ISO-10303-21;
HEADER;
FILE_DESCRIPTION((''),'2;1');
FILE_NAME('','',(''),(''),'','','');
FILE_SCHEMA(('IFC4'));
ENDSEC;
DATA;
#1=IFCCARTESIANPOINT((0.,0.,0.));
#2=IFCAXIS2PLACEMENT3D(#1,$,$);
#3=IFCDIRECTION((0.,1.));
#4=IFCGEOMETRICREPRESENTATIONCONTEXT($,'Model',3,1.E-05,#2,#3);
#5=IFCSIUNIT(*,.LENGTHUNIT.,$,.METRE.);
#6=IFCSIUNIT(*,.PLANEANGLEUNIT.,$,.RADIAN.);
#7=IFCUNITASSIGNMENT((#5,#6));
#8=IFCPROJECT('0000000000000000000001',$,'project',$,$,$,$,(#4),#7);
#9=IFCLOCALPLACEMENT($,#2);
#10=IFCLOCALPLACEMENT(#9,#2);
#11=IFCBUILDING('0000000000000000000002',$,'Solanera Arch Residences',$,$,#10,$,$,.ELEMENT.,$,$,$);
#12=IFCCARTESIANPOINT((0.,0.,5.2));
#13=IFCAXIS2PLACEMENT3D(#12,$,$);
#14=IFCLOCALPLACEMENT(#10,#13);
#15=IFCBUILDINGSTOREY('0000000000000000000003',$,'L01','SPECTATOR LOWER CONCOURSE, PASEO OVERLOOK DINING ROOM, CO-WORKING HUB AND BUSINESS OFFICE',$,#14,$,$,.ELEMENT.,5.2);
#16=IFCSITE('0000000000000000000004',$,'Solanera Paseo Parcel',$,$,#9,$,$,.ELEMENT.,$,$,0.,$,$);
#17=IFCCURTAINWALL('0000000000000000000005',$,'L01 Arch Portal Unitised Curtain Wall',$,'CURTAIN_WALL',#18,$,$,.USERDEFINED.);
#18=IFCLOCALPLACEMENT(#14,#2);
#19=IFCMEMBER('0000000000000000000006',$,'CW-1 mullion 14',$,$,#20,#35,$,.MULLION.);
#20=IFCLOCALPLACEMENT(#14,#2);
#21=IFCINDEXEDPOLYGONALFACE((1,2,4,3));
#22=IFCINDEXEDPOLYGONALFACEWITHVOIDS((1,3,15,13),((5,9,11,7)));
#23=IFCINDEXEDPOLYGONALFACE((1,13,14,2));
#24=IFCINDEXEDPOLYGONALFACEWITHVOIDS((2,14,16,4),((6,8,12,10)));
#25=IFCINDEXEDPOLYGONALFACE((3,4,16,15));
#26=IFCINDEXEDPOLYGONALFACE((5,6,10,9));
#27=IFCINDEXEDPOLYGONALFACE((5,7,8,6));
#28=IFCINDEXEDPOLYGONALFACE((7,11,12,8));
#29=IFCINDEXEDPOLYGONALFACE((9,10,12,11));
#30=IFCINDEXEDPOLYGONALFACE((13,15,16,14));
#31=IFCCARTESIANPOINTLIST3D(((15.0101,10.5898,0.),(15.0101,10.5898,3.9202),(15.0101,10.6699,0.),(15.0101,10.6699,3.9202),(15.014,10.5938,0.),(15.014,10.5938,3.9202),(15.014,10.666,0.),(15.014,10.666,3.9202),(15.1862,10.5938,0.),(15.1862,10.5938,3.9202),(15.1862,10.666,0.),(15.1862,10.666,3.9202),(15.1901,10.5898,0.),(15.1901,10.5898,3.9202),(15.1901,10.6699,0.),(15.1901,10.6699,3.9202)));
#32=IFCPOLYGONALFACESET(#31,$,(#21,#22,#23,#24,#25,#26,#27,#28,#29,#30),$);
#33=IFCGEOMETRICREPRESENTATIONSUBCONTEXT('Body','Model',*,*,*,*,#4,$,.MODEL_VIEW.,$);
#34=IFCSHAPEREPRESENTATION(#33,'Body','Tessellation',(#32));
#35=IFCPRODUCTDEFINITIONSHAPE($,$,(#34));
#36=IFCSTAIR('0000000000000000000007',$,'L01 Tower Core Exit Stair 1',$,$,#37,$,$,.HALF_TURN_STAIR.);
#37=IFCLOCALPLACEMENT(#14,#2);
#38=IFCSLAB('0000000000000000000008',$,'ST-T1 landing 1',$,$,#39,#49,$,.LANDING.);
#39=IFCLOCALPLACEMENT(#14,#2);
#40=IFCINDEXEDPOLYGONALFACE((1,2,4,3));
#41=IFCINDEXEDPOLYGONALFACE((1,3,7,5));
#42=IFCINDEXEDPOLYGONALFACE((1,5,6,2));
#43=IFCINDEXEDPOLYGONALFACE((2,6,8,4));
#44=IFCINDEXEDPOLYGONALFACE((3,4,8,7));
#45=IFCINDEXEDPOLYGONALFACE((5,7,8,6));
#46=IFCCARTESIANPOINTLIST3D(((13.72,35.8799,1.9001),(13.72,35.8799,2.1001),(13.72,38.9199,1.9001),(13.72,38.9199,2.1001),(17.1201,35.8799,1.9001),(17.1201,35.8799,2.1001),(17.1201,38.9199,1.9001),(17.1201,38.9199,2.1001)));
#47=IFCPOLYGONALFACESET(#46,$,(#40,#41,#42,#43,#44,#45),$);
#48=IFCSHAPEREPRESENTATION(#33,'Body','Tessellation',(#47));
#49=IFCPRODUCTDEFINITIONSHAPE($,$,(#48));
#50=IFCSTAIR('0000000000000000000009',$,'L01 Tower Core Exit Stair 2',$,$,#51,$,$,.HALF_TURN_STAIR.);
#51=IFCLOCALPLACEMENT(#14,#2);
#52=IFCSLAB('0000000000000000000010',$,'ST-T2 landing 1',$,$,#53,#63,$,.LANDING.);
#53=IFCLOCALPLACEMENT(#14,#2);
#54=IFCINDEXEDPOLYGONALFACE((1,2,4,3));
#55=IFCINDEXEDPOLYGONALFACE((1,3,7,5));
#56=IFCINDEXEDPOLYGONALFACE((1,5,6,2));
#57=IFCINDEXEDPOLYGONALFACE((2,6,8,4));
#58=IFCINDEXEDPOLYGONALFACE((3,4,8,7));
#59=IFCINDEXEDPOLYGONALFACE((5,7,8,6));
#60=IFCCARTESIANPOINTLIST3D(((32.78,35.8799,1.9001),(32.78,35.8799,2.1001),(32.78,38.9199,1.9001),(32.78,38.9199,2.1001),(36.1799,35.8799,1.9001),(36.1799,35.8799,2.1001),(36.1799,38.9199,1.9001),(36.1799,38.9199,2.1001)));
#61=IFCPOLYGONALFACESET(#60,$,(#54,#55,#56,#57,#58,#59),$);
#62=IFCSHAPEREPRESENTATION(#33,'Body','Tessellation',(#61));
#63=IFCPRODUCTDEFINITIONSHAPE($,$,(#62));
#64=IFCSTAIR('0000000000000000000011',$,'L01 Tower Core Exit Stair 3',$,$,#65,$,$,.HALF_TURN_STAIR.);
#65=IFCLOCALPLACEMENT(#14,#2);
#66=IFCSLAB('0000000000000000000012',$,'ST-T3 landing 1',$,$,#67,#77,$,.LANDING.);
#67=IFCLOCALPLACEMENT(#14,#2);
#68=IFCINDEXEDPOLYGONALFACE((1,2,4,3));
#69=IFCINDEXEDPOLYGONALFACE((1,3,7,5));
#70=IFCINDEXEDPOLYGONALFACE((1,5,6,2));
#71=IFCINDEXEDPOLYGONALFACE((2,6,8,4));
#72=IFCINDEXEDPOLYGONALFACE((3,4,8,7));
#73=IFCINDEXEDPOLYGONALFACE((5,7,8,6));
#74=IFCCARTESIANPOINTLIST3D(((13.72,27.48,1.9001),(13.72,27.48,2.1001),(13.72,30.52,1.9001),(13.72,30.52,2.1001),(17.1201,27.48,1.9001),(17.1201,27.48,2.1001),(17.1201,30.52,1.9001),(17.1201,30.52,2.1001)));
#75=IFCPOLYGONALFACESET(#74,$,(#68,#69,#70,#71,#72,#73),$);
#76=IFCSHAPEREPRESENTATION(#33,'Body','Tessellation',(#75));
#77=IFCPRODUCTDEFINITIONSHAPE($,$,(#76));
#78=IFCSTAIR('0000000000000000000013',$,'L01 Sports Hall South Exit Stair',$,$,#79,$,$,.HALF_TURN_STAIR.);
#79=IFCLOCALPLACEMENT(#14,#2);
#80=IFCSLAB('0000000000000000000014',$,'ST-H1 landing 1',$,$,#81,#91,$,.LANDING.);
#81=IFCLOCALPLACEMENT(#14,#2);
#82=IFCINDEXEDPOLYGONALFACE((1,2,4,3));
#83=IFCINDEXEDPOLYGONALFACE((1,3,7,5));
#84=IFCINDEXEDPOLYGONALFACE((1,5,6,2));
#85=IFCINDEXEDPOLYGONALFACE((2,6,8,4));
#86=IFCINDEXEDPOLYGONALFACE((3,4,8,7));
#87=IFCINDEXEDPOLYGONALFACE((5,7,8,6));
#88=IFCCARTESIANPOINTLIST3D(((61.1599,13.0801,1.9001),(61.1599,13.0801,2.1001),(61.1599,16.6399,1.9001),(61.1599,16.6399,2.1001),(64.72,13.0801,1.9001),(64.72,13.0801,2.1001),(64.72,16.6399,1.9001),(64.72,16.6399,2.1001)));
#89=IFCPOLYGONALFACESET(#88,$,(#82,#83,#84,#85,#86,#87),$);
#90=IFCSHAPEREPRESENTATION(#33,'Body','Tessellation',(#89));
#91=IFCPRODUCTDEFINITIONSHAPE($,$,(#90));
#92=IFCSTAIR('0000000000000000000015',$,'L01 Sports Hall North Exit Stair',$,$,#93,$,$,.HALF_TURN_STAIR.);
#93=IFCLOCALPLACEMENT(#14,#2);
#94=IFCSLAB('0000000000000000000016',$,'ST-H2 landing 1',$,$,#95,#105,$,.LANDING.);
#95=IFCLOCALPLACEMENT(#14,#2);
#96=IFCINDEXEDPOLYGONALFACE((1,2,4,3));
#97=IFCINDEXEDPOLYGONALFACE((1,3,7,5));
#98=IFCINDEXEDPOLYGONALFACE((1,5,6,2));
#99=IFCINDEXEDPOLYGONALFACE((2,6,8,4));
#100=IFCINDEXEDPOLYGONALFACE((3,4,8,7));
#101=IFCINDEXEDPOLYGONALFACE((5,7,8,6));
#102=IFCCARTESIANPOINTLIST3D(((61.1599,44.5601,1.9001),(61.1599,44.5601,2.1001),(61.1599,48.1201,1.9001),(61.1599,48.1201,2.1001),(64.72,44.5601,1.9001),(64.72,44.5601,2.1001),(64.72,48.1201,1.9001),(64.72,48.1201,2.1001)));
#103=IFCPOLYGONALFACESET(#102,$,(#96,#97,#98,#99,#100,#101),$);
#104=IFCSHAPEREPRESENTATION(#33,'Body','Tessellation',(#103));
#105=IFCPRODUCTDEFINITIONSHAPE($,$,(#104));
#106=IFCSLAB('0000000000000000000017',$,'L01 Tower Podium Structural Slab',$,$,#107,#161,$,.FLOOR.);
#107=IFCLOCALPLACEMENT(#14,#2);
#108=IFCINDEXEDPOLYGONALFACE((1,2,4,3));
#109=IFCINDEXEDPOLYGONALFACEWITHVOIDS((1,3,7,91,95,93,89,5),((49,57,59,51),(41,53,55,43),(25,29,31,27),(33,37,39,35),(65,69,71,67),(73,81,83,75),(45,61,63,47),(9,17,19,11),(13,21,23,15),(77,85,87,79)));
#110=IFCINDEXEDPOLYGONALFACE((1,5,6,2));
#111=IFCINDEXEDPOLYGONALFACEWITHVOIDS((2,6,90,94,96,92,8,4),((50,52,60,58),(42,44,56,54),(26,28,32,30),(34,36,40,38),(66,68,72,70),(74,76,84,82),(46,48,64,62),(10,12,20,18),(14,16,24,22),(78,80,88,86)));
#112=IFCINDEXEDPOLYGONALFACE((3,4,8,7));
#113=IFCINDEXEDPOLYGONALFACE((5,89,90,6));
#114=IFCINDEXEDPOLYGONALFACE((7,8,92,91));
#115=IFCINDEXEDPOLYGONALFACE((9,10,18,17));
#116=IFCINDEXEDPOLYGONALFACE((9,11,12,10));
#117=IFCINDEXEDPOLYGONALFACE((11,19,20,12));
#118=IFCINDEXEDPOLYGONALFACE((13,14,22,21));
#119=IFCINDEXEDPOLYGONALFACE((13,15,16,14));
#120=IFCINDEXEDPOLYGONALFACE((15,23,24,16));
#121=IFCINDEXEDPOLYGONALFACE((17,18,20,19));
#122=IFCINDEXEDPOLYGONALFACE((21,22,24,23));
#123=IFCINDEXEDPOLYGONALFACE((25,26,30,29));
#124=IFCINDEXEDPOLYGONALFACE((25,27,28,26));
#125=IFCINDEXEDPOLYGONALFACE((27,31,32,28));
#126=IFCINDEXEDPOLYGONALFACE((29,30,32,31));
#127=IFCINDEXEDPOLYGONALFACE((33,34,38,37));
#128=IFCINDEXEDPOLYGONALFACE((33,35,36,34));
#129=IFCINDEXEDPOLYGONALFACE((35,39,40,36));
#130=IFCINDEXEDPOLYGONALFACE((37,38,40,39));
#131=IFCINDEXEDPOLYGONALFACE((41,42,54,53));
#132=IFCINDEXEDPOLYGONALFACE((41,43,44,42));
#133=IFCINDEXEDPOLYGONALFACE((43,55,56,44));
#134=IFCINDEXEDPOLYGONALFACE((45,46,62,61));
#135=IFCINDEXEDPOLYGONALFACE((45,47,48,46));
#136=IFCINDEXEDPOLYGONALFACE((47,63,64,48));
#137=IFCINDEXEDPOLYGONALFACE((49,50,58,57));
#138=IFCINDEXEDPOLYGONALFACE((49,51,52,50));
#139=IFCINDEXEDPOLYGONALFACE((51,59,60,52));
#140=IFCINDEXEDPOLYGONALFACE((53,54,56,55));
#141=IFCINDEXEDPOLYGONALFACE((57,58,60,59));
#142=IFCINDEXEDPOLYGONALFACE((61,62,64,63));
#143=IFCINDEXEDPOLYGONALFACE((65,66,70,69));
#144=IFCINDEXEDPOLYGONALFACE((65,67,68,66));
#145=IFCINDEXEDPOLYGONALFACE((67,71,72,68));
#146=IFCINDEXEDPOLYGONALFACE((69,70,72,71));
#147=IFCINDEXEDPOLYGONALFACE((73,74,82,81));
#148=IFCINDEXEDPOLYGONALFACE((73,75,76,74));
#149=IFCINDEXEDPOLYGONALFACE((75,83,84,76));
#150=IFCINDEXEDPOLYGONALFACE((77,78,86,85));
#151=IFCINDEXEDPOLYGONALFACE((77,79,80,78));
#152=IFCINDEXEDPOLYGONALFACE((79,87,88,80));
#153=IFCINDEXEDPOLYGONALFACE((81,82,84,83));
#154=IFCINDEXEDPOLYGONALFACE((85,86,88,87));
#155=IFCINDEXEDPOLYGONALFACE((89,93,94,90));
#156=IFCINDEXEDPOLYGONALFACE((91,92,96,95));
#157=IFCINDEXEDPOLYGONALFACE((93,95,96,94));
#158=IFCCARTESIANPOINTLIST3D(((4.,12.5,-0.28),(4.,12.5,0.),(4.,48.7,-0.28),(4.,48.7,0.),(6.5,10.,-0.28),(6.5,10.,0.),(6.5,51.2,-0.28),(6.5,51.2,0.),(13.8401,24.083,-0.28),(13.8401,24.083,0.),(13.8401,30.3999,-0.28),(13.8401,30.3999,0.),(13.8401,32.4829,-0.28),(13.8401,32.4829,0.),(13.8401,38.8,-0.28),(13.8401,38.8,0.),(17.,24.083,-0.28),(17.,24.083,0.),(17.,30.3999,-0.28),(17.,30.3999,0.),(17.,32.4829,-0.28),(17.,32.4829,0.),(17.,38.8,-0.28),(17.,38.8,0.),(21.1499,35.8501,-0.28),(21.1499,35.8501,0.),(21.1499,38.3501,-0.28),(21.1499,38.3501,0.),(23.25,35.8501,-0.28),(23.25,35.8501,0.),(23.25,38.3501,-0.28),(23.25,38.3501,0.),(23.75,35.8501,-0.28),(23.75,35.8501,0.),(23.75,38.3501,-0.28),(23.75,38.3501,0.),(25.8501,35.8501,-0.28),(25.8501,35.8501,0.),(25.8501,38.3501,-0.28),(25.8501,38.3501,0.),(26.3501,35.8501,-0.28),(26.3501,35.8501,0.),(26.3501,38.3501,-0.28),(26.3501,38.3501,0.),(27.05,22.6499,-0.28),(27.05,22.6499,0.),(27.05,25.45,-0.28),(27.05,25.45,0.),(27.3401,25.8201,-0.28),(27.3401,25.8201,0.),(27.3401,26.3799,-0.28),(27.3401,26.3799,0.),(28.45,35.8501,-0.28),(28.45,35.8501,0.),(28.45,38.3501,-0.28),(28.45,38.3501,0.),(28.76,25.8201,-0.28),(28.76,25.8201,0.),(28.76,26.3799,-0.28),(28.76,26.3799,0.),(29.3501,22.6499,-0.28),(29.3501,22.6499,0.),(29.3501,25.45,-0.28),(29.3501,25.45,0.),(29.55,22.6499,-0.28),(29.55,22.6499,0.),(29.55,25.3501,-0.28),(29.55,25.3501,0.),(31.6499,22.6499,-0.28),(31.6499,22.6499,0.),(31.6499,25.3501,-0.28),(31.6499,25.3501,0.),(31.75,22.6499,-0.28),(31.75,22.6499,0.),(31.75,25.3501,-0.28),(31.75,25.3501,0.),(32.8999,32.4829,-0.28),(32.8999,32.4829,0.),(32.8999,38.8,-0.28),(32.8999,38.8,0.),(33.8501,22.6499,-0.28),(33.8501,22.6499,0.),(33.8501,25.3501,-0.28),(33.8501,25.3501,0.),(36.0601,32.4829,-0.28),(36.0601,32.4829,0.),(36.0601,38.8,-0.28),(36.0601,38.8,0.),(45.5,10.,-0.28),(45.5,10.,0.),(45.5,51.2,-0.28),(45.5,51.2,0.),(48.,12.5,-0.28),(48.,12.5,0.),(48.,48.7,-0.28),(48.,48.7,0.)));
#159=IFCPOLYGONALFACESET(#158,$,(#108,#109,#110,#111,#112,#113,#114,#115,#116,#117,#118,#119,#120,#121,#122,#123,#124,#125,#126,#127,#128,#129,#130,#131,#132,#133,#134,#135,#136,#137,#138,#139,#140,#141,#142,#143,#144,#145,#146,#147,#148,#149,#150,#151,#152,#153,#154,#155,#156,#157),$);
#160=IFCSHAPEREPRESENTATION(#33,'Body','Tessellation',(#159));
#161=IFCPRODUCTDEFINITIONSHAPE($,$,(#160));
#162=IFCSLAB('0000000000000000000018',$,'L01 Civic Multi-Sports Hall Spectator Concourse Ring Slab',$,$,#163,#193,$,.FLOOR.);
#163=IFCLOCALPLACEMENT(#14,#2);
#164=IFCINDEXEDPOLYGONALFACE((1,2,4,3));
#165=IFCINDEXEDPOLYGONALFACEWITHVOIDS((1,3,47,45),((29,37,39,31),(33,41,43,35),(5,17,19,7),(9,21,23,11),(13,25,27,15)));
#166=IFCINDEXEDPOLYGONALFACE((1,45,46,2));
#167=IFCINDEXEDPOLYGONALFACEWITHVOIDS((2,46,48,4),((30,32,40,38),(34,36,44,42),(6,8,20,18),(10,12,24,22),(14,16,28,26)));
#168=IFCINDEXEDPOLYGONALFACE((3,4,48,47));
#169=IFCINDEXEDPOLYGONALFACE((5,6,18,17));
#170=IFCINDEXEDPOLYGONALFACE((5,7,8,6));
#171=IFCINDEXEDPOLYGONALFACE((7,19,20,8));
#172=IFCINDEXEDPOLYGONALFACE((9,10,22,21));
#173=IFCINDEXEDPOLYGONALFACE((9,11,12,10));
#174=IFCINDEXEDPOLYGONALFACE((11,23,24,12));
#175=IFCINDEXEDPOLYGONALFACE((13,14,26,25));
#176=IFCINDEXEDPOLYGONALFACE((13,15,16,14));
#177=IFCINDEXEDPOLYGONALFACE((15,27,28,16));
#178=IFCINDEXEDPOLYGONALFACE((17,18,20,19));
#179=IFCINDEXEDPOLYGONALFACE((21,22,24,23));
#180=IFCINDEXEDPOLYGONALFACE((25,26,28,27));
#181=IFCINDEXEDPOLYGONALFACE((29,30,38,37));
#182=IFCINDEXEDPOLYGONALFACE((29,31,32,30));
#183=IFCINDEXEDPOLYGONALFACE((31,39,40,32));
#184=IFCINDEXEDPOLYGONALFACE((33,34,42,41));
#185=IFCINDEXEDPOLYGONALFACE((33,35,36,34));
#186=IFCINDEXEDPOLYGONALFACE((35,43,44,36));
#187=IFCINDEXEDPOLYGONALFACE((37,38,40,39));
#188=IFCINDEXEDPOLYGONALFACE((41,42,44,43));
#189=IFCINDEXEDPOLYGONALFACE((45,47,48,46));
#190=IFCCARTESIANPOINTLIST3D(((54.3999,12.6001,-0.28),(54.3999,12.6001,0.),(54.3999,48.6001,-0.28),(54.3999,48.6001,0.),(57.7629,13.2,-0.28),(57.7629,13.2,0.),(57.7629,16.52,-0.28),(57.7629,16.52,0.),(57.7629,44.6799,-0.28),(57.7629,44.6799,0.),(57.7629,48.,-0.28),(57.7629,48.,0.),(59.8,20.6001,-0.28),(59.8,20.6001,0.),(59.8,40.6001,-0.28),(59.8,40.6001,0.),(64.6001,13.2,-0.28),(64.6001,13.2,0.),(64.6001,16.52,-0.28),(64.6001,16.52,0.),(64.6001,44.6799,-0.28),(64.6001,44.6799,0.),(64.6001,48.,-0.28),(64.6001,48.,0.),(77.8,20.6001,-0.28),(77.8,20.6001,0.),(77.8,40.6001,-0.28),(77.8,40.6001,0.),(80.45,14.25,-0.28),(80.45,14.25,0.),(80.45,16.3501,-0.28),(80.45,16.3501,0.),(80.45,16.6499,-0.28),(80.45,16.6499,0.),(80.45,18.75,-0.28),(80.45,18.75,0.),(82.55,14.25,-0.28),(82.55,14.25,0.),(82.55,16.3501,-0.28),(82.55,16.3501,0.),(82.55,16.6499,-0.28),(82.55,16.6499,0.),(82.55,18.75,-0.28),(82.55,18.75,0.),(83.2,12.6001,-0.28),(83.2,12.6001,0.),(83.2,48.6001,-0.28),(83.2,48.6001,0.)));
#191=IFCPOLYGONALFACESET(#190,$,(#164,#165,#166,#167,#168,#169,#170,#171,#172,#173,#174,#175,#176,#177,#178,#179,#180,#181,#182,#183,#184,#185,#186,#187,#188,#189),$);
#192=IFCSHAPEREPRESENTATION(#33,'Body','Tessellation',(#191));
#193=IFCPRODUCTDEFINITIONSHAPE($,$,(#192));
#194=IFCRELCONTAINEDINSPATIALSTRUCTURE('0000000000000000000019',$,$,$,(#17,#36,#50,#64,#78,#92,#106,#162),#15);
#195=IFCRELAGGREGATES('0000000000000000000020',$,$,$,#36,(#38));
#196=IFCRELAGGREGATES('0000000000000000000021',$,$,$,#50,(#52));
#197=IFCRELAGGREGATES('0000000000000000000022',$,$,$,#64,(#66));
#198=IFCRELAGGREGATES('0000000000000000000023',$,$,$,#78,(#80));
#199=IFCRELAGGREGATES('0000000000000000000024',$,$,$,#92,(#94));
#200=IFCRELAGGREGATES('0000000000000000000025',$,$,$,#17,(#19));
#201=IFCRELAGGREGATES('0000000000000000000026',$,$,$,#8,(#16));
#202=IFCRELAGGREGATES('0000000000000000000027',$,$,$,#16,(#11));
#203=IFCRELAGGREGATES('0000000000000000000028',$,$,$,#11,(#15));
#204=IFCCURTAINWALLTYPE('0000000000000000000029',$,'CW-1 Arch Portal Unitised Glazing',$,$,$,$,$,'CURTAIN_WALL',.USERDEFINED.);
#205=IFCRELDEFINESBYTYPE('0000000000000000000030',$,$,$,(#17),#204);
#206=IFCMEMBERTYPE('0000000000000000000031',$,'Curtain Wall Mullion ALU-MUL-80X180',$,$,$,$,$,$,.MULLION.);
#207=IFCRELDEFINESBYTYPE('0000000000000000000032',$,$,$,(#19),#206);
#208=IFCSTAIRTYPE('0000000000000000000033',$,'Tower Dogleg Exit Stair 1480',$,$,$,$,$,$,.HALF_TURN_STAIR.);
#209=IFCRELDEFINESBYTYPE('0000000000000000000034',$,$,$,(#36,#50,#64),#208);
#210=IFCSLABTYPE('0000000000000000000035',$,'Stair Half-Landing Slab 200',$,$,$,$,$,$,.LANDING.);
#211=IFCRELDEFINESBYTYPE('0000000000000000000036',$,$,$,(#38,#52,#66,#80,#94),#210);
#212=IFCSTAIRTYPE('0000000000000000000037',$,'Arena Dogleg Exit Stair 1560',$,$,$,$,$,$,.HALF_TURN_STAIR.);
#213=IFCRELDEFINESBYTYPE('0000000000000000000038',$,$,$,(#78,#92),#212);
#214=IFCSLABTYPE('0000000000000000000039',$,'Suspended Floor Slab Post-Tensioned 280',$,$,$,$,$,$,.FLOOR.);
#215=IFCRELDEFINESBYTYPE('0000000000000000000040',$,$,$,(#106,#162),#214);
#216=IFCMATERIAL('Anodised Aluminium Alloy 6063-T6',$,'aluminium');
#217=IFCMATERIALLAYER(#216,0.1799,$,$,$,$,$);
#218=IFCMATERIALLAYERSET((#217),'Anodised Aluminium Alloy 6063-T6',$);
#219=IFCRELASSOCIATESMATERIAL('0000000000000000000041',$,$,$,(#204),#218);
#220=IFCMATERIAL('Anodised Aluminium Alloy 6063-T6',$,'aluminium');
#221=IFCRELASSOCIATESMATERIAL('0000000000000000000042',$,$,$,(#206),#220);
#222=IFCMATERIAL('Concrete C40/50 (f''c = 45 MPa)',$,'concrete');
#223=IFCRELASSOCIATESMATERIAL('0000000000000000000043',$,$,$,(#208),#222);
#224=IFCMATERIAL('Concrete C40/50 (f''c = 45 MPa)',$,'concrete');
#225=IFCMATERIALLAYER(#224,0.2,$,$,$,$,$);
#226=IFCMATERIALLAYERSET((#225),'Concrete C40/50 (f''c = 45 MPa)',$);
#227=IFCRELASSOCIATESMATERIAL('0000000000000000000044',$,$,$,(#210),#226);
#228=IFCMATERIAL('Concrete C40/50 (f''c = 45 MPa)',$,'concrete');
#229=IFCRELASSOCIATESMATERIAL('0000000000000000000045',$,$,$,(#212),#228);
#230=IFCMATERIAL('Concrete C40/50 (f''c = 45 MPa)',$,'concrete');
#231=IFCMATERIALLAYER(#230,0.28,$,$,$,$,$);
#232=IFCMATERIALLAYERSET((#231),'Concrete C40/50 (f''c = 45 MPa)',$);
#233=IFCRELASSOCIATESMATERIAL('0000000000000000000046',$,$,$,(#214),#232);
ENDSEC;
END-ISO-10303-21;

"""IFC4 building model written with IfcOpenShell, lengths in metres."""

from ifc_helpers import new_model, si_unit, direction, frame, origin, origin_2d, place, context, subcontext, project, spatial, polyline, hollow_rectangle, outline, extrude, material, layer, layer_set, material_profile, profile_set, type_object, element, aggregate, save


model = new_model("IFC4")

# Units and contexts
model_context = context("Model", 3, precision=1e-05, world=origin(), true_north=direction((0.0, 1.0)))
body_context = subcontext(model_context, "Body", "Model", "MODEL_VIEW")
ifc_project = project(units=[si_unit("LENGTHUNIT", "METRE"), si_unit("PLANEANGLEUNIT", "RADIAN")], contexts=[model_context])

# Site, building, storey
site_placement = place(None, origin())
site = spatial("IfcSite", under=ifc_project, at=site_placement, Name="Solanera Paseo Parcel", CompositionType="ELEMENT", RefElevation=0.0)
building_placement = place(site_placement, origin())
building = spatial("IfcBuilding", under=site, at=building_placement, Name="Solanera Arch Residences", CompositionType="ELEMENT")
storey_placement = place(building_placement, frame((0.0, 0.0, 5.2)))
storey = spatial("IfcBuildingStorey", under=building, at=storey_placement, Name="L01", Description="SPECTATOR LOWER CONCOURSE, PASEO OVERLOOK DINING ROOM, CO-WORKING HUB AND BUSINESS OFFICE", CompositionType="ELEMENT", Elevation=5.2)

# Curtain wall, member
ifc_material_1 = material(Name="Anodised Aluminium Alloy 6063-T6", Category="aluminium")
ifc_layer_1 = layer(ifc_material_1, 0.1799)
ifc_layer_set_1 = layer_set([ifc_layer_1], Name="Anodised Aluminium Alloy 6063-T6")
curtain_wall_type = type_object("IfcCurtainWallType", Name="CW-1 Arch Portal Unitised Glazing", ElementType="CURTAIN_WALL", PredefinedType="USERDEFINED", material=ifc_layer_set_1)
curtain_wall_placement = place(storey_placement, origin())
curtain_wall = element("IfcCurtainWall", 1, at=curtain_wall_placement, inside=storey, type_object=curtain_wall_type, Name="L01 Arch Portal Unitised Curtain Wall", ObjectType="CURTAIN_WALL", PredefinedType="USERDEFINED")
ifc_material_2 = material(Name="Anodised Aluminium Alloy 6063-T6", Category="aluminium")
ifc_material_profile = material_profile(ifc_material_2, hollow_rectangle(XDim=0.0801, YDim=0.1799, WallThickness=0.0039, at=origin_2d()))
ifc_profile_set = profile_set([ifc_material_profile], Name="Anodised Aluminium Alloy 6063-T6")
member_type = type_object("IfcMemberType", Name="Curtain Wall Mullion ALU-MUL-80X180", PredefinedType="MULLION", material=ifc_profile_set)
member_placement = place(storey_placement, frame((15.1001, 10.6299, 0.0), z_axis=(0.0, 0.0, 1.0), x_axis=(0.0, -1.0, 0.0)))
member = element("IfcMember", 2, at=member_placement, type_object=member_type, Name="CW-1 mullion 14", PredefinedType="MULLION", context=body_context, shape_type="SweptSolid", body=[
    extrude(hollow_rectangle(XDim=0.0801, YDim=0.1799, WallThickness=0.0039, at=origin_2d()), origin(), (0.0, 0.0, 1.0), 3.9202),
])

# Stairs, slabs
ifc_material_3 = material(Name="Concrete C40/50 (f'c = 45 MPa)", Category="concrete")
stair_type_1 = type_object("IfcStairType", Name="Tower Dogleg Exit Stair 1480", PredefinedType="HALF_TURN_STAIR", material=ifc_material_3)
stair_1_placement = place(storey_placement, origin())
stair_1 = element("IfcStair", 3, at=stair_1_placement, inside=storey, type_object=stair_type_1, Name="L01 Tower Core Exit Stair 1", PredefinedType="HALF_TURN_STAIR")
ifc_material_4 = material(Name="Concrete C40/50 (f'c = 45 MPa)", Category="concrete")
ifc_layer_2 = layer(ifc_material_4, 0.2)
ifc_layer_set_2 = layer_set([ifc_layer_2], Name="Concrete C40/50 (f'c = 45 MPa)")
slab_type_1 = type_object("IfcSlabType", Name="Stair Half-Landing Slab 200", PredefinedType="LANDING", material=ifc_layer_set_2)
slab_1_placement = place(storey_placement, frame((0.0, 0.0, 1.9001)))
slab_1 = element("IfcSlab", 4, at=slab_1_placement, type_object=slab_type_1, Name="ST-T1 landing 1", PredefinedType="LANDING", context=body_context, shape_type="SweptSolid", body=[
    extrude(outline(polyline([(17.1201, 35.8799), (17.1201, 38.9199), (13.72, 38.9199), (13.72, 35.8799), (17.1201, 35.8799)])), origin(), (0.0, 0.0, 1.0), 0.2),
])
aggregate(stair_1, [slab_1])
stair_2_placement = place(storey_placement, origin())
stair_2 = element("IfcStair", 5, at=stair_2_placement, inside=storey, type_object=stair_type_1, Name="L01 Tower Core Exit Stair 2", PredefinedType="HALF_TURN_STAIR")
slab_2_placement = place(storey_placement, frame((0.0, 0.0, 1.9001)))
slab_2 = element("IfcSlab", 6, at=slab_2_placement, type_object=slab_type_1, Name="ST-T2 landing 1", PredefinedType="LANDING", context=body_context, shape_type="SweptSolid", body=[
    extrude(outline(polyline([(36.1799, 35.8799), (36.1799, 38.9199), (32.78, 38.9199), (32.78, 35.8799), (36.1799, 35.8799)])), origin(), (0.0, 0.0, 1.0), 0.2),
])
aggregate(stair_2, [slab_2])
stair_3_placement = place(storey_placement, origin())
stair_3 = element("IfcStair", 7, at=stair_3_placement, inside=storey, type_object=stair_type_1, Name="L01 Tower Core Exit Stair 3", PredefinedType="HALF_TURN_STAIR")
slab_3_placement = place(storey_placement, frame((0.0, 0.0, 1.9001)))
slab_3 = element("IfcSlab", 8, at=slab_3_placement, type_object=slab_type_1, Name="ST-T3 landing 1", PredefinedType="LANDING", context=body_context, shape_type="SweptSolid", body=[
    extrude(outline(polyline([(17.1201, 27.48), (17.1201, 30.52), (13.72, 30.52), (13.72, 27.48), (17.1201, 27.48)])), origin(), (0.0, 0.0, 1.0), 0.2),
])
aggregate(stair_3, [slab_3])
ifc_material_5 = material(Name="Concrete C40/50 (f'c = 45 MPa)", Category="concrete")
stair_type_2 = type_object("IfcStairType", Name="Arena Dogleg Exit Stair 1560", PredefinedType="HALF_TURN_STAIR", material=ifc_material_5)
stair_4_placement = place(storey_placement, origin())
stair_4 = element("IfcStair", 9, at=stair_4_placement, inside=storey, type_object=stair_type_2, Name="L01 Sports Hall South Exit Stair", PredefinedType="HALF_TURN_STAIR")
slab_4_placement = place(storey_placement, frame((0.0, 0.0, 1.9001)))
slab_4 = element("IfcSlab", 10, at=slab_4_placement, type_object=slab_type_1, Name="ST-H1 landing 1", PredefinedType="LANDING", context=body_context, shape_type="SweptSolid", body=[
    extrude(outline(polyline([(61.1599, 13.0801), (64.72, 13.0801), (64.72, 16.6399), (61.1599, 16.6399), (61.1599, 13.0801)])), origin(), (0.0, 0.0, 1.0), 0.2),
])
aggregate(stair_4, [slab_4])
stair_5_placement = place(storey_placement, origin())
stair_5 = element("IfcStair", 11, at=stair_5_placement, inside=storey, type_object=stair_type_2, Name="L01 Sports Hall North Exit Stair", PredefinedType="HALF_TURN_STAIR")
slab_5_placement = place(storey_placement, frame((0.0, 0.0, 1.9001)))
slab_5 = element("IfcSlab", 12, at=slab_5_placement, type_object=slab_type_1, Name="ST-H2 landing 1", PredefinedType="LANDING", context=body_context, shape_type="SweptSolid", body=[
    extrude(outline(polyline([(61.1599, 44.5601), (64.72, 44.5601), (64.72, 48.1201), (61.1599, 48.1201), (61.1599, 44.5601)])), origin(), (0.0, 0.0, 1.0), 0.2),
])
aggregate(stair_5, [slab_5])

# Slabs
ifc_material_6 = material(Name="Concrete C40/50 (f'c = 45 MPa)", Category="concrete")
ifc_layer_3 = layer(ifc_material_6, 0.28)
ifc_layer_set_3 = layer_set([ifc_layer_3], Name="Concrete C40/50 (f'c = 45 MPa)")
slab_type_2 = type_object("IfcSlabType", Name="Suspended Floor Slab Post-Tensioned 280", PredefinedType="FLOOR", material=ifc_layer_set_3)
slab_6_placement = place(storey_placement, frame((0.0, 0.0, -0.28)))
element("IfcSlab", 13, at=slab_6_placement, inside=storey, type_object=slab_type_2, Name="L01 Tower Podium Structural Slab", PredefinedType="FLOOR", context=body_context, shape_type="SweptSolid", body=[
    extrude(outline(polyline([(6.5, 10.0), (45.5, 10.0), (48.0, 12.5), (48.0, 48.7), (45.5, 51.2), (6.5, 51.2), (4.0, 48.7), (4.0, 12.5), (6.5, 10.0)]), holes=[polyline([(13.8401, 32.4829), (13.8401, 38.8), (17.0, 38.8), (17.0, 32.4829), (13.8401, 32.4829)]), polyline([(32.8999, 32.4829), (32.8999, 38.8), (36.0601, 38.8), (36.0601, 32.4829), (32.8999, 32.4829)]), polyline([(13.8401, 24.083), (13.8401, 30.3999), (17.0, 30.3999), (17.0, 24.083), (13.8401, 24.083)]), polyline([(21.1499, 38.3501), (23.25, 38.3501), (23.25, 35.8501), (21.1499, 35.8501), (21.1499, 38.3501)]), polyline([(23.75, 38.3501), (25.8501, 38.3501), (25.8501, 35.8501), (23.75, 35.8501), (23.75, 38.3501)]), polyline([(26.3501, 38.3501), (28.45, 38.3501), (28.45, 35.8501), (26.3501, 35.8501), (26.3501, 38.3501)]), polyline([(29.55, 25.3501), (31.6499, 25.3501), (31.6499, 22.6499), (29.55, 22.6499), (29.55, 25.3501)]), polyline([(31.75, 25.3501), (33.8501, 25.3501), (33.8501, 22.6499), (31.75, 22.6499), (31.75, 25.3501)]), polyline([(27.05, 25.45), (29.3501, 25.45), (29.3501, 22.6499), (27.05, 22.6499), (27.05, 25.45)]), polyline([(27.3401, 26.3799), (28.76, 26.3799), (28.76, 25.8201), (27.3401, 25.8201), (27.3401, 26.3799)])]), origin(), (0.0, 0.0, 1.0), 0.28),
])
slab_7_placement = place(storey_placement, frame((0.0, 0.0, -0.28)))
element("IfcSlab", 14, at=slab_7_placement, inside=storey, type_object=slab_type_2, Name="L01 Civic Multi-Sports Hall Spectator Concourse Ring Slab", PredefinedType="FLOOR", context=body_context, shape_type="SweptSolid", body=[
    extrude(outline(polyline([(54.3999, 12.6001), (83.2, 12.6001), (83.2, 48.6001), (54.3999, 48.6001), (54.3999, 12.6001)]), holes=[polyline([(57.7629, 16.52), (64.6001, 16.52), (64.6001, 13.2), (57.7629, 13.2), (57.7629, 16.52)]), polyline([(57.7629, 48.0), (64.6001, 48.0), (64.6001, 44.6799), (57.7629, 44.6799), (57.7629, 48.0)]), polyline([(80.45, 16.3501), (82.55, 16.3501), (82.55, 14.25), (80.45, 14.25), (80.45, 16.3501)]), polyline([(80.45, 18.75), (82.55, 18.75), (82.55, 16.6499), (80.45, 16.6499), (80.45, 18.75)]), polyline([(59.8, 40.6001), (77.8, 40.6001), (77.8, 20.6001), (59.8, 20.6001), (59.8, 40.6001)])]), origin(), (0.0, 0.0, 1.0), 0.28),
])

aggregate(curtain_wall, [member])

save(model, "model.ifc")
